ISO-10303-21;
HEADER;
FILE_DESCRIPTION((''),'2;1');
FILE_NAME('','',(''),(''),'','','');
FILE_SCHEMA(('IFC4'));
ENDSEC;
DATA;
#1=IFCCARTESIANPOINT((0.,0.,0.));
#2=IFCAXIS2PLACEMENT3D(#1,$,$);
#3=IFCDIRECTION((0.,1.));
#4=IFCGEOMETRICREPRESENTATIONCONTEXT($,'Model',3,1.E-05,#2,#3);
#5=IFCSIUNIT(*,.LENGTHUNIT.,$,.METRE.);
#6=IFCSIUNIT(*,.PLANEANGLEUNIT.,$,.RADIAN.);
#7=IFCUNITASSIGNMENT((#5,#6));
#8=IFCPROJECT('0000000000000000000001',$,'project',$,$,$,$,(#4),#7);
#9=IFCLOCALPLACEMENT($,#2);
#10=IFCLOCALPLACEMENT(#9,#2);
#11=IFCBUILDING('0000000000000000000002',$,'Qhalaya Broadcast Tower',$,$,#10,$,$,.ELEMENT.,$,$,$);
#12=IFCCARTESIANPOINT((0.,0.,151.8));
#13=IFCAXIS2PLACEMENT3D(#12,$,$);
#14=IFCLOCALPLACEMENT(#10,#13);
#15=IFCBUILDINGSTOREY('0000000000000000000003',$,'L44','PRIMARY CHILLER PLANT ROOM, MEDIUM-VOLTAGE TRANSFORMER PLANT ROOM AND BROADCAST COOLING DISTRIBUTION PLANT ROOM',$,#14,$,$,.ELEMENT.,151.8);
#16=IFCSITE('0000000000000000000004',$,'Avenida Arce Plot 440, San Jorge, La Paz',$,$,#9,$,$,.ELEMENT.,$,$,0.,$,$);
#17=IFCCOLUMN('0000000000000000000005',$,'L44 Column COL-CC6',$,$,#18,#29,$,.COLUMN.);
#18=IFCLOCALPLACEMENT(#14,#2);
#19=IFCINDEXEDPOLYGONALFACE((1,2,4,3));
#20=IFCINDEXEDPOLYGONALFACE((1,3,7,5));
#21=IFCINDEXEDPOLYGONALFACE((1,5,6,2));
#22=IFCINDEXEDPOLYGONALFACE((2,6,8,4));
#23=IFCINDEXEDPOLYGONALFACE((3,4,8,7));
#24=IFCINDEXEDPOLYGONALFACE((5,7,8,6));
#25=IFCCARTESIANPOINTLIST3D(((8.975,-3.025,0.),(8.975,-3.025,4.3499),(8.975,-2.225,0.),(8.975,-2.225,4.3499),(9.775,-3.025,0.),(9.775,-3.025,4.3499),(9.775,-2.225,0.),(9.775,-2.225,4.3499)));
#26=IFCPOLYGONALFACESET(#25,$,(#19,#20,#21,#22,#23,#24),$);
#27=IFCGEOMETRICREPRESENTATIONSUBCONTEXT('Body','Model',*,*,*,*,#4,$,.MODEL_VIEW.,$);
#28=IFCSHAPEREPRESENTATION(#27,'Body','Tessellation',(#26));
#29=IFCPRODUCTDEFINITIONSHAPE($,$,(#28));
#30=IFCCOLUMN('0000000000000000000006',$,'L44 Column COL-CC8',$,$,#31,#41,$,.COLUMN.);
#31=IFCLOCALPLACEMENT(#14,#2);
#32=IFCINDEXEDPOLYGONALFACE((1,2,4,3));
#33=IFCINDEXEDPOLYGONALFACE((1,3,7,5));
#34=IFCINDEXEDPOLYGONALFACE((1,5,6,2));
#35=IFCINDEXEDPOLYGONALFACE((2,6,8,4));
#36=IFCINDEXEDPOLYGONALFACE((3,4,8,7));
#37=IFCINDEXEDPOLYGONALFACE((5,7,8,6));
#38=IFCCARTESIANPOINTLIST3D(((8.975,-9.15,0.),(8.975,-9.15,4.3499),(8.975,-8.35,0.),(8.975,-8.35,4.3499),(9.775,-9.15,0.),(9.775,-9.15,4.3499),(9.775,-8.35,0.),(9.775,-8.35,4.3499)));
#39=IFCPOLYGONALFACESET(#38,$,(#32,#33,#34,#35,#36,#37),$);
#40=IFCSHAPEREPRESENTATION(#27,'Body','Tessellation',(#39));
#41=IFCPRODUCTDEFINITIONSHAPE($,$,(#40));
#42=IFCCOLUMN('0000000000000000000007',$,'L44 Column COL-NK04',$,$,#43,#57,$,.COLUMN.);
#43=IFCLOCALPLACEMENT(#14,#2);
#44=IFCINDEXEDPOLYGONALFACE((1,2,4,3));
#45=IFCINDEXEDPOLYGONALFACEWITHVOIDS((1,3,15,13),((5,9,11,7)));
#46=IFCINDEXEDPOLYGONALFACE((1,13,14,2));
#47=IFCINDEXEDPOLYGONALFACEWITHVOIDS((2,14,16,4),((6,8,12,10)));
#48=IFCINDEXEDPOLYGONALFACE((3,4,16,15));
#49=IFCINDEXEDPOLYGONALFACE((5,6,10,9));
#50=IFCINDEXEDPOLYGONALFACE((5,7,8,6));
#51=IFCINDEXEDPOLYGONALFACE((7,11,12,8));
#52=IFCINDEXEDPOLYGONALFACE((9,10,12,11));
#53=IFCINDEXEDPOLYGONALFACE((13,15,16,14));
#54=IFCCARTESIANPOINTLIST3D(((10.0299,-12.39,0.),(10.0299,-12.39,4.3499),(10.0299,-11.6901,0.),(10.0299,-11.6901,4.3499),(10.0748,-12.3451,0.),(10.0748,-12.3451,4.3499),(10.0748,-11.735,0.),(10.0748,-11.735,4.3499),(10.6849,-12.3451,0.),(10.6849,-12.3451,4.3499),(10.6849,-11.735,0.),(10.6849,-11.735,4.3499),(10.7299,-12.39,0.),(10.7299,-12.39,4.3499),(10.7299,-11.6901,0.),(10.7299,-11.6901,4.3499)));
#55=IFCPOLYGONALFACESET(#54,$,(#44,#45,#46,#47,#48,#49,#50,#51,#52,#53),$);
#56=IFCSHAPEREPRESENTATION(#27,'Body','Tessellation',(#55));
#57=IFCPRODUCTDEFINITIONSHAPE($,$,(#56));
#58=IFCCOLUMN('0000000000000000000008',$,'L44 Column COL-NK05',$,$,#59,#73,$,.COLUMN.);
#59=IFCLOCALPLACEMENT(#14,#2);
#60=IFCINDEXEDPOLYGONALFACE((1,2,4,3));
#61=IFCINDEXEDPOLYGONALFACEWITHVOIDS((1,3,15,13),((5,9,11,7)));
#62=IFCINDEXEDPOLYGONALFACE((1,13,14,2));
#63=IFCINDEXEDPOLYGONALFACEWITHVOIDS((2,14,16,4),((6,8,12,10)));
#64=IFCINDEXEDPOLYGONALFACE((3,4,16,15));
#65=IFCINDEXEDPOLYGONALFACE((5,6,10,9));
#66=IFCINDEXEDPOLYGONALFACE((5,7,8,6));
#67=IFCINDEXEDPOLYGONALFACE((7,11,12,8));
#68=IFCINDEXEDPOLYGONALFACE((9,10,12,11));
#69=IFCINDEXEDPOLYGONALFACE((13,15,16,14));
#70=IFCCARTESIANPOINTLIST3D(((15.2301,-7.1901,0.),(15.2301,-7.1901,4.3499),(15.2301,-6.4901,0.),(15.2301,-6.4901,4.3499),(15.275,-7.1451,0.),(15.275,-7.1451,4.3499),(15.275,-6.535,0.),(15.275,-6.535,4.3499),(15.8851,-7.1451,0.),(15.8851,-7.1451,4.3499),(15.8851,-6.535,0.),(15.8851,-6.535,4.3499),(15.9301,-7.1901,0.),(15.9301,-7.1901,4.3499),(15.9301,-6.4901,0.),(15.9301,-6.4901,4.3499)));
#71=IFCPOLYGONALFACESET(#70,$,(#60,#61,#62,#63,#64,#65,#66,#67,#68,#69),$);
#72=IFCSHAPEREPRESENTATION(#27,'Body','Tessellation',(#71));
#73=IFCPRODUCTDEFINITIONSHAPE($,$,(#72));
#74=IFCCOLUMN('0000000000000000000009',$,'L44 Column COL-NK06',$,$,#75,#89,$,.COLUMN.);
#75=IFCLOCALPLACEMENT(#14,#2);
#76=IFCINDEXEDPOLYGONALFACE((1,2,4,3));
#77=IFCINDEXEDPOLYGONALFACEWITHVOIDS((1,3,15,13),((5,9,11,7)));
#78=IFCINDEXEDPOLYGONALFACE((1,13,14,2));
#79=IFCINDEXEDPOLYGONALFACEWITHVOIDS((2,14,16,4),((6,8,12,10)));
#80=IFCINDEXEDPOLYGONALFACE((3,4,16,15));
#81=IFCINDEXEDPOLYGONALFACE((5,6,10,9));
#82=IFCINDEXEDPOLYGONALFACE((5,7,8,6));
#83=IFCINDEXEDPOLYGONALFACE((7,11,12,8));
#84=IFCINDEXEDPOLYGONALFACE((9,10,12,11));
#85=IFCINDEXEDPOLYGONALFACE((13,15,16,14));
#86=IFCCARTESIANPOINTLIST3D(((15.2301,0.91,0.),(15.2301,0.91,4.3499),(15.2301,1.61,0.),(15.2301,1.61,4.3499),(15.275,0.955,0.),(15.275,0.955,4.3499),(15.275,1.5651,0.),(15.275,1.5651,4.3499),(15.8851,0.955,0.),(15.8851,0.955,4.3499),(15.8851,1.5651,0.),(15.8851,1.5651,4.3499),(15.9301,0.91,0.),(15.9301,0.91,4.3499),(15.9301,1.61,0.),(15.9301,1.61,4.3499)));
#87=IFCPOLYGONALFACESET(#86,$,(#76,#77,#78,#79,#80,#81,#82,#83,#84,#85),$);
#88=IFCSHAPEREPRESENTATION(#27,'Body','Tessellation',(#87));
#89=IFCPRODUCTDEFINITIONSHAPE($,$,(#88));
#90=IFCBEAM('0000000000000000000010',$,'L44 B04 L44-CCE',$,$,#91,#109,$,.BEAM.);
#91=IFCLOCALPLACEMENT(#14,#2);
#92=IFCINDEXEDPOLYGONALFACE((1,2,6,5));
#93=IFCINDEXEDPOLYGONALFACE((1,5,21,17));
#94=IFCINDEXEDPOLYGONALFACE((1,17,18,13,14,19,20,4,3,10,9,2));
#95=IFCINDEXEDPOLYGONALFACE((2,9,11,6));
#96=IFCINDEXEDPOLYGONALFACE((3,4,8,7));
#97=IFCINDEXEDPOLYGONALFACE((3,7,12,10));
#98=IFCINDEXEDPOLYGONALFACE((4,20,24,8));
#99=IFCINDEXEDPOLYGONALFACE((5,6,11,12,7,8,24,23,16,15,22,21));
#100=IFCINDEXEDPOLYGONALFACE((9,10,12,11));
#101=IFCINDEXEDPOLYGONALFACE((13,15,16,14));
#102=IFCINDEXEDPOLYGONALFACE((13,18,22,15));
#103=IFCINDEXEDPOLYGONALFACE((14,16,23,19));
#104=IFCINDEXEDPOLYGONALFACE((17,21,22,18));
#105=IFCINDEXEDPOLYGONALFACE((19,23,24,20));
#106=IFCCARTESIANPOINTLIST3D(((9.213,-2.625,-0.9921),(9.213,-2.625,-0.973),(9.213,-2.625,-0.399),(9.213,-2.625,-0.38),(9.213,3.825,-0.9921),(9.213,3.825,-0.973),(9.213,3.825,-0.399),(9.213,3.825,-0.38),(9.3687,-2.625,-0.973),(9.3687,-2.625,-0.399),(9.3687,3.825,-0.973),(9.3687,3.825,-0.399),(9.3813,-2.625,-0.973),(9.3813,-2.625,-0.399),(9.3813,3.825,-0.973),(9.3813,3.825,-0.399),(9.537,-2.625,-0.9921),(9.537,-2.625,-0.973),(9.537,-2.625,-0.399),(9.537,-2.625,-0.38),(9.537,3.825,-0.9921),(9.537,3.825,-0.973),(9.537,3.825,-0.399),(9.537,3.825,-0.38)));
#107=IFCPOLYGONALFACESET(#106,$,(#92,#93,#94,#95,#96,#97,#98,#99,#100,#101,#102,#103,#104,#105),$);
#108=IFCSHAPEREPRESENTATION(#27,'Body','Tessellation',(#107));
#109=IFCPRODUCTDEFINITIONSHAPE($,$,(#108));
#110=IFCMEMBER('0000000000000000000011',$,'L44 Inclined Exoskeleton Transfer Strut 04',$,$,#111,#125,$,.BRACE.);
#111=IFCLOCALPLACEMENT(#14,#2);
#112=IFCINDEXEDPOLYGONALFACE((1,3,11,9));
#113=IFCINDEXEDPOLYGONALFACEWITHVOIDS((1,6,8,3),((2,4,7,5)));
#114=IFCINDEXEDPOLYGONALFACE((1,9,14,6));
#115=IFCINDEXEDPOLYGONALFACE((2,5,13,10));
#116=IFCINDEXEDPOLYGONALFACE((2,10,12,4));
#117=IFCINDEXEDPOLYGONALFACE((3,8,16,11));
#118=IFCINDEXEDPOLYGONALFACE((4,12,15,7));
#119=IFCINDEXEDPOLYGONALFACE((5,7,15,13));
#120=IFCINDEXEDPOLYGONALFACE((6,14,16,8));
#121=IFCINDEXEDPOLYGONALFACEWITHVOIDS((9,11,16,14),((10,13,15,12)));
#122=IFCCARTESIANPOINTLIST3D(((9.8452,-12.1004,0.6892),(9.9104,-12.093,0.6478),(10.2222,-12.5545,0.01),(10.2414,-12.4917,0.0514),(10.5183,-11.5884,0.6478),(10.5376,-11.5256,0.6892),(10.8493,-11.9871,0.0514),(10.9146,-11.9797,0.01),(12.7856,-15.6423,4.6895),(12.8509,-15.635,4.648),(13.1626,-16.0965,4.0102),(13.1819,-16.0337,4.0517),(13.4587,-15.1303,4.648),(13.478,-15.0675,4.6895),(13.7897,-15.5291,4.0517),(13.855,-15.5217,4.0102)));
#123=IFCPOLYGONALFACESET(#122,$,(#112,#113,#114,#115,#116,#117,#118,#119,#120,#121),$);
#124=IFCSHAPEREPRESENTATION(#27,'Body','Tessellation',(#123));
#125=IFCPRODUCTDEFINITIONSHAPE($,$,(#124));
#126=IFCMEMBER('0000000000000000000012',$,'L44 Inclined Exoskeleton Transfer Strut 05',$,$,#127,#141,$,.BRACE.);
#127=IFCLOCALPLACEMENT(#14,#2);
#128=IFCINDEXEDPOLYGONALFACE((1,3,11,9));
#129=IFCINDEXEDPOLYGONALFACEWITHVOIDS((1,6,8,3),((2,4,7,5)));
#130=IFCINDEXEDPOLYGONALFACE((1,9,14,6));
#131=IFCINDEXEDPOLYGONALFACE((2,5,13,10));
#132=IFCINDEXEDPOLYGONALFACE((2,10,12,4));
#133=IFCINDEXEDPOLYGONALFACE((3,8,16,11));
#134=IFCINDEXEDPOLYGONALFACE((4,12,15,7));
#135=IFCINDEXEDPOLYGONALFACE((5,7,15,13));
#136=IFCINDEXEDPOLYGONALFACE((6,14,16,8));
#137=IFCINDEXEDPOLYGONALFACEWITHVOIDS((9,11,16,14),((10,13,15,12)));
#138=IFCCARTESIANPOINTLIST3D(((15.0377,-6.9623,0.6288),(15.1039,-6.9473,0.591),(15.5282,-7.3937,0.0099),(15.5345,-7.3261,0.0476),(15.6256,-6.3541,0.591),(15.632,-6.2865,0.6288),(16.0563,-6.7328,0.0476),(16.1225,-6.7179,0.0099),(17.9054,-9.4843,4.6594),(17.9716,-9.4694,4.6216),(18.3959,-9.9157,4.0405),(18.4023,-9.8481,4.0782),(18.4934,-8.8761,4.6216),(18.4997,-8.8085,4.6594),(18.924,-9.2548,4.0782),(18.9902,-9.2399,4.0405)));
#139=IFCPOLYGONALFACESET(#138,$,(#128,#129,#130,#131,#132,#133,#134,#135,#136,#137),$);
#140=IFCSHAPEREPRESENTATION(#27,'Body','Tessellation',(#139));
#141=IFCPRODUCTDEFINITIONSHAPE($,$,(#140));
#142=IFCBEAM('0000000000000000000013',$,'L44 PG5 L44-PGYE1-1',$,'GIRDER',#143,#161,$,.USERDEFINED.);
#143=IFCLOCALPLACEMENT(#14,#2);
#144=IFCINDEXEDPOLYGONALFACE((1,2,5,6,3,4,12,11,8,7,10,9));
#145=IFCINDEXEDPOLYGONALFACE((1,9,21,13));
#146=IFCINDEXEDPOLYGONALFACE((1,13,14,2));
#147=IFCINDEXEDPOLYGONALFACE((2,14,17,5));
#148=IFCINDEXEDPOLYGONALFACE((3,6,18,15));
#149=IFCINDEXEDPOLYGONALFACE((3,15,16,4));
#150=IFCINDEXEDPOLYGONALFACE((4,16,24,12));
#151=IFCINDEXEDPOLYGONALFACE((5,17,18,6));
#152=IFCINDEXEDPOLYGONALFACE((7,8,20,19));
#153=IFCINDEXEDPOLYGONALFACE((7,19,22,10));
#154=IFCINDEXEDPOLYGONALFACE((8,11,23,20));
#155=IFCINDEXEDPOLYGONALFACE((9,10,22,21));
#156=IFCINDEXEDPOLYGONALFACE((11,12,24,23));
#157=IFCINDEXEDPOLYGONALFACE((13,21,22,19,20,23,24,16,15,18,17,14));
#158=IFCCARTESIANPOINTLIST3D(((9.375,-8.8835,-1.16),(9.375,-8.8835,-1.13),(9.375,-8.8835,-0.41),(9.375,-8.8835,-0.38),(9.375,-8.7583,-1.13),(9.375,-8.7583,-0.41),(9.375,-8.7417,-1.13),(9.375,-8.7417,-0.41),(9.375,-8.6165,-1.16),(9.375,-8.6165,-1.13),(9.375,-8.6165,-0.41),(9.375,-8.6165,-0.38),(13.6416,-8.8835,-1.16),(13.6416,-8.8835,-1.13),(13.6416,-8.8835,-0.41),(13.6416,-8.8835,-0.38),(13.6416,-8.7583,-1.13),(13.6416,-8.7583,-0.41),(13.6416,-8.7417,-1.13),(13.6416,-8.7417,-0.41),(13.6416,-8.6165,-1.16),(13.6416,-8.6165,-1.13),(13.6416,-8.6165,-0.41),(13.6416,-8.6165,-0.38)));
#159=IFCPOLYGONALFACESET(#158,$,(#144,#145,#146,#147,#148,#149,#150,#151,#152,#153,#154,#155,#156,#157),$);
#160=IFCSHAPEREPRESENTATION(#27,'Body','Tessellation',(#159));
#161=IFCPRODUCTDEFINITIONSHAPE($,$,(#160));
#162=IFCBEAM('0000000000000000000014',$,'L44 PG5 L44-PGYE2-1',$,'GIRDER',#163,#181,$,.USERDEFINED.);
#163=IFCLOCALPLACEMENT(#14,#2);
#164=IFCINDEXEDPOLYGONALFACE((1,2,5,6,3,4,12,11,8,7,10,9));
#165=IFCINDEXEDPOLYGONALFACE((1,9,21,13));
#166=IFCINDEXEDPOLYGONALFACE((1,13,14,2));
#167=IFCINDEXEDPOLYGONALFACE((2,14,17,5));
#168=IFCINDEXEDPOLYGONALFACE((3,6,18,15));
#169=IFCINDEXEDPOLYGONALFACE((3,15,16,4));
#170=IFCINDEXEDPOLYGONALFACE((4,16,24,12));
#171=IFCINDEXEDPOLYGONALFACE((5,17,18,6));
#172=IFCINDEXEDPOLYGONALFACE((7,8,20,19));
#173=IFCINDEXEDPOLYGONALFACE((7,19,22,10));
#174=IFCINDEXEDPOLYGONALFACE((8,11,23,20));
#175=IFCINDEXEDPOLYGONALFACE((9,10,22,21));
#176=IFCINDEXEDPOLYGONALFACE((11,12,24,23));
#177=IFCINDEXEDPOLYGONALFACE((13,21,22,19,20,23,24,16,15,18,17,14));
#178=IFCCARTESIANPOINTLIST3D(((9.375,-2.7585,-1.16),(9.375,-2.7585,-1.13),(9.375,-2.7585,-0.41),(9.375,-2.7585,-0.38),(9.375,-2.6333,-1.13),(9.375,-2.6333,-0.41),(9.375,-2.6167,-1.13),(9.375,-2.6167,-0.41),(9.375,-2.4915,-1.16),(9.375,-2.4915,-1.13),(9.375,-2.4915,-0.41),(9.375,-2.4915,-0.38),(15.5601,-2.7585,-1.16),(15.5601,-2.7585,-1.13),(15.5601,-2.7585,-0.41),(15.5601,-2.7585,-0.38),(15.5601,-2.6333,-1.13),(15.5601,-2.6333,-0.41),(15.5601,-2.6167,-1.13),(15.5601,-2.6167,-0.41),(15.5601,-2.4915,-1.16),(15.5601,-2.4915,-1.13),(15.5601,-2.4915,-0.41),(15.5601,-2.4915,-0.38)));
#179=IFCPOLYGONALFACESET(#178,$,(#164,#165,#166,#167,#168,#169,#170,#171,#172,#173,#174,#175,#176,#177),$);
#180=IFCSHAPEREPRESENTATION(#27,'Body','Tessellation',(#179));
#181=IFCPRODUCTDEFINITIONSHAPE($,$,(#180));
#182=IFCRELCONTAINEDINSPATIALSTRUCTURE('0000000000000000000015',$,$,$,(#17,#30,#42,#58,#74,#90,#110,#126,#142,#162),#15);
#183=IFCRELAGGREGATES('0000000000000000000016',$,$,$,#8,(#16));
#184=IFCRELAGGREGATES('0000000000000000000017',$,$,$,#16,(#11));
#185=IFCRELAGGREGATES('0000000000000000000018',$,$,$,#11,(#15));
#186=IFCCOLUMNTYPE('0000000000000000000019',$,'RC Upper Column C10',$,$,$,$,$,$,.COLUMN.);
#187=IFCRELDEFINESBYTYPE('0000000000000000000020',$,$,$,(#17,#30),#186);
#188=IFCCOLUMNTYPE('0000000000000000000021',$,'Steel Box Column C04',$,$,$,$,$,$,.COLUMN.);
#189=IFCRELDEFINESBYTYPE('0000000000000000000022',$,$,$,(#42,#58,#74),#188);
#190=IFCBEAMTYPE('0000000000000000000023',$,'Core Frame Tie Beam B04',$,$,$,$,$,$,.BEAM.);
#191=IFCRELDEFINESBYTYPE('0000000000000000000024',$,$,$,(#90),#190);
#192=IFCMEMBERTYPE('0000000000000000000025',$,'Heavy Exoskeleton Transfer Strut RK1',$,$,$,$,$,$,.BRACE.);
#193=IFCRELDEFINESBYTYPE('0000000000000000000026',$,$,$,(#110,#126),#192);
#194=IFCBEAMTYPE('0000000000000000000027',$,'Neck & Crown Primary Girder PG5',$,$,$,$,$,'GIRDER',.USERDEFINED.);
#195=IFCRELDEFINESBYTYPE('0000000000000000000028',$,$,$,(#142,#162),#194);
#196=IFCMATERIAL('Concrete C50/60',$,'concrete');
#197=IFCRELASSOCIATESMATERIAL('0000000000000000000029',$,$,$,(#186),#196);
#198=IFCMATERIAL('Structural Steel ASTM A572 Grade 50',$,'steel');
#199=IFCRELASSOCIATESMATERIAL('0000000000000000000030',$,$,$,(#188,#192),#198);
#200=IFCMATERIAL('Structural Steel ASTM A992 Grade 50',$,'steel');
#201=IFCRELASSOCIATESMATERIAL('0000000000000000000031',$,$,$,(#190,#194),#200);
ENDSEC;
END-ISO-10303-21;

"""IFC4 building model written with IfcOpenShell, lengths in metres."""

from ifc_helpers import new_model, si_unit, direction, frame, origin, origin_2d, place, context, subcontext, project, spatial, rectangle, hollow_rectangle, i_section, extrude, material, material_profile, profile_set, type_object, element, save


model = new_model("IFC4")

# Units and contexts
model_context = context("Model", 3, precision=1e-05, world=origin(), true_north=direction((0.0, 1.0)))
body_context = subcontext(model_context, "Body", "Model", "MODEL_VIEW")
ifc_project = project(units=[si_unit("LENGTHUNIT", "METRE"), si_unit("PLANEANGLEUNIT", "RADIAN")], contexts=[model_context])

# Site, building, storey
site_placement = place(None, origin())
site = spatial("IfcSite", under=ifc_project, at=site_placement, Name="Avenida Arce Plot 440, San Jorge, La Paz", CompositionType="ELEMENT", RefElevation=0.0)
building_placement = place(site_placement, origin())
building = spatial("IfcBuilding", under=site, at=building_placement, Name="Qhalaya Broadcast Tower", CompositionType="ELEMENT")
storey_placement = place(building_placement, frame((0.0, 0.0, 151.8)))
storey = spatial("IfcBuildingStorey", under=building, at=storey_placement, Name="L44", Description="PRIMARY CHILLER PLANT ROOM, MEDIUM-VOLTAGE TRANSFORMER PLANT ROOM AND BROADCAST COOLING DISTRIBUTION PLANT ROOM", CompositionType="ELEMENT", Elevation=151.8)

# Columns
ifc_material_1 = material(Name="Concrete C50/60", Category="concrete")
ifc_material_profile_1 = material_profile(ifc_material_1, rectangle(XDim=0.8, YDim=0.8, at=origin_2d()), Name="RC-COL 800x800")
ifc_profile_set_1 = profile_set([ifc_material_profile_1], Name="Concrete C50/60")
column_type_1 = type_object("IfcColumnType", Name="RC Upper Column C10", PredefinedType="COLUMN", material=ifc_profile_set_1)
for number, where, z_axis, x_axis, name in (
    (1, (9.375, -2.625, 0.0), (0.0, 0.0, 1.0), (1.0, 0.0, 0.0), "L44 Column COL-CC6"),
    (2, (9.375, -8.75, 0.0), (0.0, 0.0, 1.0), (1.0, 0.0, 0.0), "L44 Column COL-CC8"),
):
    element("IfcColumn", number, at=place(storey_placement, frame(where, z_axis=z_axis, x_axis=x_axis)), inside=storey, type_object=column_type_1, Name=name, PredefinedType="COLUMN", context=body_context, shape_type="SweptSolid", body=[
        extrude(rectangle(XDim=0.8, YDim=0.8, at=origin_2d()), origin(), (0.0, 0.0, 1.0), 4.3499),
    ])
ifc_material_2 = material(Name="Structural Steel ASTM A572 Grade 50", Category="steel")
ifc_material_profile_2 = material_profile(ifc_material_2, hollow_rectangle(XDim=0.7, YDim=0.7, WallThickness=0.0449, at=origin_2d()), Name="BOX 700x700x45")
ifc_profile_set_2 = profile_set([ifc_material_profile_2], Name="Structural Steel ASTM A572 Grade 50")
column_type_2 = type_object("IfcColumnType", Name="Steel Box Column C04", PredefinedType="COLUMN", material=ifc_profile_set_2)
for number, where, z_axis, x_axis, name in (
    (3, (10.3799, -12.04, 0.0), (0.0, 0.0, 1.0), (1.0, 0.0, 0.0), "L44 Column COL-NK04"),
    (4, (15.5801, -6.8401, 0.0), (0.0, 0.0, 1.0), (0.0, 1.0, 0.0), "L44 Column COL-NK05"),
    (5, (15.5801, 1.26, 0.0), (0.0, 0.0, 1.0), (0.0, 1.0, 0.0), "L44 Column COL-NK06"),
):
    element("IfcColumn", number, at=place(storey_placement, frame(where, z_axis=z_axis, x_axis=x_axis)), inside=storey, type_object=column_type_2, Name=name, PredefinedType="COLUMN", context=body_context, shape_type="SweptSolid", body=[
        extrude(hollow_rectangle(XDim=0.7, YDim=0.7, WallThickness=0.0449, at=origin_2d()), origin(), (0.0, 0.0, 1.0), 4.3499),
    ])

# Beam
ifc_material_3 = material(Name="Structural Steel ASTM A992 Grade 50", Category="steel")
ifc_material_profile_3 = material_profile(ifc_material_3, i_section(OverallWidth=0.324, OverallDepth=0.6121, WebThickness=0.0127, FlangeThickness=0.019, at=origin_2d()), Name="W24X104")
ifc_profile_set_3 = profile_set([ifc_material_profile_3], Name="Structural Steel ASTM A992 Grade 50")
beam_type_1 = type_object("IfcBeamType", Name="Core Frame Tie Beam B04", PredefinedType="BEAM", material=ifc_profile_set_3)
beam_1_placement = place(storey_placement, frame((9.375, -2.625, -0.686), z_axis=(0.0, 1.0, 0.0), x_axis=(-1.0, 0.0, 0.0)))
element("IfcBeam", 6, at=beam_1_placement, inside=storey, type_object=beam_type_1, Name="L44 B04 L44-CCE", PredefinedType="BEAM", context=body_context, shape_type="SweptSolid", body=[
    extrude(i_section(OverallWidth=0.324, OverallDepth=0.6121, WebThickness=0.0127, FlangeThickness=0.019, at=origin_2d()), origin(), (0.0, 0.0, 1.0), 6.45),
])

# Members
ifc_material_profile_4 = material_profile(ifc_material_2, hollow_rectangle(XDim=0.8999, YDim=0.8999, WallThickness=0.0549, at=origin_2d()), Name="BOX 900x900x55")
ifc_profile_set_4 = profile_set([ifc_material_profile_4], Name="Structural Steel ASTM A572 Grade 50")
member_type = type_object("IfcMemberType", Name="Heavy Exoskeleton Transfer Strut RK1", PredefinedType="BRACE", material=ifc_profile_set_4)
member_1_placement = place(storey_placement, frame((10.3799, -12.04, 0.3496), z_axis=(0.482143, -0.580781, 0.655921), x_axis=(0.76942, 0.638744, 0.0)))
element("IfcMember", 7, at=member_1_placement, inside=storey, type_object=member_type, Name="L44 Inclined Exoskeleton Transfer Strut 04", PredefinedType="BRACE", context=body_context, shape_type="SweptSolid", body=[
    extrude(hollow_rectangle(XDim=0.8999, YDim=0.8999, WallThickness=0.0549, at=origin_2d()), origin(), (0.0, 0.0, 1.0), 6.0986),
])
member_2_placement = place(storey_placement, frame((15.5801, -6.8401, 0.3193), z_axis=(0.516476, -0.454214, 0.725907), x_axis=(0.660394, 0.750919, 0.0)))
element("IfcMember", 8, at=member_2_placement, inside=storey, type_object=member_type, Name="L44 Inclined Exoskeleton Transfer Strut 05", PredefinedType="BRACE", context=body_context, shape_type="SweptSolid", body=[
    extrude(hollow_rectangle(XDim=0.8999, YDim=0.8999, WallThickness=0.0549, at=origin_2d()), origin(), (0.0, 0.0, 1.0), 5.5525),
])

# Beams
ifc_material_profile_5 = material_profile(ifc_material_3, i_section(OverallWidth=0.2671, OverallDepth=0.78, WebThickness=0.0166, FlangeThickness=0.03, at=origin_2d()), Name="W30X148")
ifc_profile_set_5 = profile_set([ifc_material_profile_5], Name="Structural Steel ASTM A992 Grade 50")
beam_type_2 = type_object("IfcBeamType", Name="Neck & Crown Primary Girder PG5", ElementType="GIRDER", PredefinedType="USERDEFINED", material=ifc_profile_set_5)
beam_2_placement = place(storey_placement, frame((9.375, -8.75, -0.77), z_axis=(1.0, 0.0, 0.0), x_axis=(0.0, 1.0, 0.0)))
element("IfcBeam", 9, at=beam_2_placement, inside=storey, type_object=beam_type_2, Name="L44 PG5 L44-PGYE1-1", ObjectType="GIRDER", PredefinedType="USERDEFINED", context=body_context, shape_type="SweptSolid", body=[
    extrude(i_section(OverallWidth=0.2671, OverallDepth=0.78, WebThickness=0.0166, FlangeThickness=0.03, at=origin_2d()), origin(), (0.0, 0.0, 1.0), 4.2666),
])
beam_3_placement = place(storey_placement, frame((9.375, -2.625, -0.77), z_axis=(1.0, 0.0, 0.0), x_axis=(0.0, 1.0, 0.0)))
element("IfcBeam", 10, at=beam_3_placement, inside=storey, type_object=beam_type_2, Name="L44 PG5 L44-PGYE2-1", ObjectType="GIRDER", PredefinedType="USERDEFINED", context=body_context, shape_type="SweptSolid", body=[
    extrude(i_section(OverallWidth=0.2671, OverallDepth=0.78, WebThickness=0.0166, FlangeThickness=0.03, at=origin_2d()), origin(), (0.0, 0.0, 1.0), 6.1851),
])

save(model, "model.ifc")
